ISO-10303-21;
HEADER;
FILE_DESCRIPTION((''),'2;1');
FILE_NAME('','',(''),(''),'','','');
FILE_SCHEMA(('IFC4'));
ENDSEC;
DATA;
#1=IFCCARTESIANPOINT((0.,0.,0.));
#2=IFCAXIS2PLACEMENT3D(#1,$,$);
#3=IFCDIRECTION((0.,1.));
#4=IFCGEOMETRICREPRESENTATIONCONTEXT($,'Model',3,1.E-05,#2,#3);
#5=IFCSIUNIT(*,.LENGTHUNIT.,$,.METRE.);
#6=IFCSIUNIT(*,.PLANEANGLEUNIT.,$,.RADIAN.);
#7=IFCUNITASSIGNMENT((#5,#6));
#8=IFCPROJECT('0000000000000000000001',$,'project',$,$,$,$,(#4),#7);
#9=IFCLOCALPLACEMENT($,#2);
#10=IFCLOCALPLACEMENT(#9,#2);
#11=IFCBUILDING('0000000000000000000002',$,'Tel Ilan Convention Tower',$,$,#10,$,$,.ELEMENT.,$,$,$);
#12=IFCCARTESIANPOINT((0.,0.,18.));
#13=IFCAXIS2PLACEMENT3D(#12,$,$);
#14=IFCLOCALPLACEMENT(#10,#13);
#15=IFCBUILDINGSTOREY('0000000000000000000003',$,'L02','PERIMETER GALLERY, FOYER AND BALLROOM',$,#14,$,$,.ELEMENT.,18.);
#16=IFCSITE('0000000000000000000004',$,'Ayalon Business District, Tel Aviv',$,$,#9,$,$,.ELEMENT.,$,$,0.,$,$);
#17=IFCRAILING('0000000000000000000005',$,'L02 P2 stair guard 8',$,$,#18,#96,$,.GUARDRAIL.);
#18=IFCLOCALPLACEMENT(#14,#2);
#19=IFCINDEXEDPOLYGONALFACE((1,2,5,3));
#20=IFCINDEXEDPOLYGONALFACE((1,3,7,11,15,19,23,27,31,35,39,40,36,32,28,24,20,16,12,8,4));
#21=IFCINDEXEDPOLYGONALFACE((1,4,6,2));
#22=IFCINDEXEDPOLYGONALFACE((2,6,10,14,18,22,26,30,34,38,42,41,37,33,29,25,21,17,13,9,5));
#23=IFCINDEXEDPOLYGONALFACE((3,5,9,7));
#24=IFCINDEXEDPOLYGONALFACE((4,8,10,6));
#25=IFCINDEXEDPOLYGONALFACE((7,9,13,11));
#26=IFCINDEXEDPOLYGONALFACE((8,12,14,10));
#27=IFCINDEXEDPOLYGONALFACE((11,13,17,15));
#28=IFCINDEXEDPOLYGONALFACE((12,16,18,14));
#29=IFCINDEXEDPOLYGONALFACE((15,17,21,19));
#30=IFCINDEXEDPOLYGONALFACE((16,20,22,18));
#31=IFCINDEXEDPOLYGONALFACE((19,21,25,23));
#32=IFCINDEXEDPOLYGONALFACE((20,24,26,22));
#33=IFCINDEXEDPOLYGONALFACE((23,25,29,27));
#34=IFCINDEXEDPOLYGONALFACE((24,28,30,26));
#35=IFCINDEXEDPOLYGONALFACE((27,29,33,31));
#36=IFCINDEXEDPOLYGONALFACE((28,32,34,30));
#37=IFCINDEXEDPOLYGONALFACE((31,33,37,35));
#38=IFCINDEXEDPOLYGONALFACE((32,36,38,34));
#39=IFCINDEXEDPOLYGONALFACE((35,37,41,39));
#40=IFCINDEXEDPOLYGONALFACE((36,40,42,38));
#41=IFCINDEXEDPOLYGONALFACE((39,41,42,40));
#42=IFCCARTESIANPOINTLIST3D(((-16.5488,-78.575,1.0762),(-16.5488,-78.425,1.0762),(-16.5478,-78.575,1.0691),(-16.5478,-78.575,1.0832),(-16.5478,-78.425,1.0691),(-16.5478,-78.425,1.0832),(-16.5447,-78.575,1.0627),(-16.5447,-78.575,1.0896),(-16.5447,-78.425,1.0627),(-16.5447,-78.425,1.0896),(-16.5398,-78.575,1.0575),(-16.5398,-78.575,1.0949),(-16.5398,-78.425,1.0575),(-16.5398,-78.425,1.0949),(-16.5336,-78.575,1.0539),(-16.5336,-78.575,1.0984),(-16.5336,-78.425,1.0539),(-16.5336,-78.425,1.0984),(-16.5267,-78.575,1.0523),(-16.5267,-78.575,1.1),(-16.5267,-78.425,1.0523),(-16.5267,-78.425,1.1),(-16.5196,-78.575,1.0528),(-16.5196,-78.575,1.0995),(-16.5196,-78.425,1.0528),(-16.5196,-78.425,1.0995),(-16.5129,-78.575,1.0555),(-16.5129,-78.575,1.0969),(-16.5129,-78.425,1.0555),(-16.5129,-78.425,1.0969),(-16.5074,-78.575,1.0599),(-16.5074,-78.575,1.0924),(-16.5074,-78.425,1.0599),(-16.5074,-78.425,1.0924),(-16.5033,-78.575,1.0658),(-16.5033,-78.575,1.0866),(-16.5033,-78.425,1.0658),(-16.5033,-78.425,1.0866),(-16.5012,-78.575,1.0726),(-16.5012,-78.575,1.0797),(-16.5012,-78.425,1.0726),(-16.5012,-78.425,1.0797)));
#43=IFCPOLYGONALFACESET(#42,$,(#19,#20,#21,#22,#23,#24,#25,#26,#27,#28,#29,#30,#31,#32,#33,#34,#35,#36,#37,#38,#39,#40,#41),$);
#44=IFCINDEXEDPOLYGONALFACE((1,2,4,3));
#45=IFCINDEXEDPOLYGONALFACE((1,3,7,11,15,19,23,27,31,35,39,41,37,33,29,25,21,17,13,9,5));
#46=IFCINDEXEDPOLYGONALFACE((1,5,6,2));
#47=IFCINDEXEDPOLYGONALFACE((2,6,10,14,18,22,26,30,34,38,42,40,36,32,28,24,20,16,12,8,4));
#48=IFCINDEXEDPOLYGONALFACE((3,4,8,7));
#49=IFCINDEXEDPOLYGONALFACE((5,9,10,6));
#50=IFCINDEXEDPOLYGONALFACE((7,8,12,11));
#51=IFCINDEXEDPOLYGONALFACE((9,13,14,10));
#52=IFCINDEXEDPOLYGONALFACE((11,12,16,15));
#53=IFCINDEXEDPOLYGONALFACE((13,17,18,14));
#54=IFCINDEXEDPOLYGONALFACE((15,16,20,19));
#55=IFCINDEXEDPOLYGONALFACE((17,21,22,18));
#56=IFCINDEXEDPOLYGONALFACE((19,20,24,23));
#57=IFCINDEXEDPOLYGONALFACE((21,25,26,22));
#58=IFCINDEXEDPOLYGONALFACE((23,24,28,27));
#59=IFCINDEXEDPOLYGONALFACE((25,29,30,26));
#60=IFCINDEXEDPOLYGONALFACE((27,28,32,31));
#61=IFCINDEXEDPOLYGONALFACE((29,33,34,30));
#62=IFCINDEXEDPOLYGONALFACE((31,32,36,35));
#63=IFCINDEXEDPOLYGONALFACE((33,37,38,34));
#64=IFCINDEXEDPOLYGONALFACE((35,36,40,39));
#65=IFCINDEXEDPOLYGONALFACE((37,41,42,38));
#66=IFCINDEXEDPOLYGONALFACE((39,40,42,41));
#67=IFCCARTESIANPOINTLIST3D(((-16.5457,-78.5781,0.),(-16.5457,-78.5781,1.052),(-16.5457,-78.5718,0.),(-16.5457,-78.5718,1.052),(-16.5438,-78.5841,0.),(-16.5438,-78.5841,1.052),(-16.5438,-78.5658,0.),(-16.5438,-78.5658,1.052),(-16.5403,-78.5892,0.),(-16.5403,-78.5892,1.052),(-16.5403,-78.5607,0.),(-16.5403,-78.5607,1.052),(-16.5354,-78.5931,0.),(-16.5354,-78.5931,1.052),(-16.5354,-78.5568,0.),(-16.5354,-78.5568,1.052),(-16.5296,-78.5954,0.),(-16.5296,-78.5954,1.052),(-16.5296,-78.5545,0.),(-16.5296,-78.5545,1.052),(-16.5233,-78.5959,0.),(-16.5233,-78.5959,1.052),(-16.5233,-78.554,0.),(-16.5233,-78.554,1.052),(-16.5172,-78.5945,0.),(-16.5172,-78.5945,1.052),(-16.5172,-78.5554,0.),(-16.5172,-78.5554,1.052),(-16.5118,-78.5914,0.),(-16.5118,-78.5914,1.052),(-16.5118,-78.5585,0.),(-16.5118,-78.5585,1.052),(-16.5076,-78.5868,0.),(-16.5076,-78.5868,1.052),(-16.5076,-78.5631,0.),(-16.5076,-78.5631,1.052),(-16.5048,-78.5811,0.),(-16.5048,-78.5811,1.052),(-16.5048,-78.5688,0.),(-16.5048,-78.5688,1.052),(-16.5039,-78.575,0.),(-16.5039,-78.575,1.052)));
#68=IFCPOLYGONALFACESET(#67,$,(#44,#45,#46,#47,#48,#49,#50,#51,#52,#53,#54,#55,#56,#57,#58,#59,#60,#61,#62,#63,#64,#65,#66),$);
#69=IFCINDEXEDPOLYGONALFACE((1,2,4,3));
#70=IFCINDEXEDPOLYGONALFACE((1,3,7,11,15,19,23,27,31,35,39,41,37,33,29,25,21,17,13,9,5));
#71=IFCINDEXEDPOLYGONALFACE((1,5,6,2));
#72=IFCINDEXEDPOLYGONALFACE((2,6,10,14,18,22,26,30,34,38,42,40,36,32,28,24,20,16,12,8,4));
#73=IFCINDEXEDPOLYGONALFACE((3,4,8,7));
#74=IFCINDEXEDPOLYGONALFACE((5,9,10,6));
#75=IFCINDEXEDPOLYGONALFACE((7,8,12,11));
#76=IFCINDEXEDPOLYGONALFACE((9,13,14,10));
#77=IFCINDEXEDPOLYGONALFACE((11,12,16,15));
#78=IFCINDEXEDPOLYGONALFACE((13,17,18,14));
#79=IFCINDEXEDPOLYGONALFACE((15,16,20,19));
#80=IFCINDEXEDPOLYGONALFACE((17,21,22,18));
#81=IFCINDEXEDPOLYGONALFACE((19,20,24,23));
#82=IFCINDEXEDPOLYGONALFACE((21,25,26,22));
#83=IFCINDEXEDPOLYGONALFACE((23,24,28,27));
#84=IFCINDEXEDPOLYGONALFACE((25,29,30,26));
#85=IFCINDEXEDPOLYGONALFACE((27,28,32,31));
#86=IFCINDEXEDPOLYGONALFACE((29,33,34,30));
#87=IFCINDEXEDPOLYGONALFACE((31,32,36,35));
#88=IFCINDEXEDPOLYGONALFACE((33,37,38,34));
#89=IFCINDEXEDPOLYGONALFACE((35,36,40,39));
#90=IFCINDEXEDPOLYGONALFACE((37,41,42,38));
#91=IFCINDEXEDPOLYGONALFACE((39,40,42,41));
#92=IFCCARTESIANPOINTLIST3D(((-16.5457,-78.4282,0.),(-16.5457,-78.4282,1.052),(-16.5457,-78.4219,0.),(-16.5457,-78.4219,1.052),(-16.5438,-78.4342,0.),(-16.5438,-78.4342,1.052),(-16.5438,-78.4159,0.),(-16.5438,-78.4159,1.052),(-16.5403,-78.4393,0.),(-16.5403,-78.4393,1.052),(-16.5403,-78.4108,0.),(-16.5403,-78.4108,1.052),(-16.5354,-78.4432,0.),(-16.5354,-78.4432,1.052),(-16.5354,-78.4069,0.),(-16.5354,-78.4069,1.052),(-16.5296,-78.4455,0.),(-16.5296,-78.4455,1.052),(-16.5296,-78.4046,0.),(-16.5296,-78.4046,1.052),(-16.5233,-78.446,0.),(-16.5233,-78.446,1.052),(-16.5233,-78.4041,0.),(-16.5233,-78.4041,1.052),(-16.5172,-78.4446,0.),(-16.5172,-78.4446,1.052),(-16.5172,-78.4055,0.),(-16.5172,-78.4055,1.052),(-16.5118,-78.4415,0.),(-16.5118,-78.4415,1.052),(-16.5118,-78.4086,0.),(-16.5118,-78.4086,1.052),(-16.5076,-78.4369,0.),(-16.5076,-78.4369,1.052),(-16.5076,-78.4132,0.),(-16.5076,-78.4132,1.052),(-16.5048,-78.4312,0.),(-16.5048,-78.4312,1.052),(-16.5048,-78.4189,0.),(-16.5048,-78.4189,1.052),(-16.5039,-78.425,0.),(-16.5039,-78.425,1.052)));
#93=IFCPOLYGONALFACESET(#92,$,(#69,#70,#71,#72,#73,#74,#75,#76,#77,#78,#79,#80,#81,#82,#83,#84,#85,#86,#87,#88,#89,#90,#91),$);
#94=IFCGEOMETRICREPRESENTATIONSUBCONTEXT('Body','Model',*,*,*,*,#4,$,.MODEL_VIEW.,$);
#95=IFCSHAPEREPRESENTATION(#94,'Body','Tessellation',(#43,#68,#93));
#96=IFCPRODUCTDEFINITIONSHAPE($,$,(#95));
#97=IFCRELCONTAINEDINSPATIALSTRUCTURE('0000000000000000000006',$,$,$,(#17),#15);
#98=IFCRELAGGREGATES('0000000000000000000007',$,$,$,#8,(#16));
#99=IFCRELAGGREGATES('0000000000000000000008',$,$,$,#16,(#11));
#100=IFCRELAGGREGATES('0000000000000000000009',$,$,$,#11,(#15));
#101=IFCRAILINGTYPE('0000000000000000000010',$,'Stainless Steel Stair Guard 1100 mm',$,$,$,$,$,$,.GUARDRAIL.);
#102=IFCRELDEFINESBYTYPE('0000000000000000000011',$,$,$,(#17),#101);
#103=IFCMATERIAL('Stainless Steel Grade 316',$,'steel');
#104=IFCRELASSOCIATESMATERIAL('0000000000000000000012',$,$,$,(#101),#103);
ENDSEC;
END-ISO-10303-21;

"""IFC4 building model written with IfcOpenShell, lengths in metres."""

from ifc_helpers import new_model, si_unit, direction, frame, origin, origin_2d, place, context, subcontext, project, spatial, circle, extrude, material, type_object, element, save


model = new_model("IFC4")

# Units and contexts
model_context = context("Model", 3, precision=1e-05, world=origin(), true_north=direction((0.0, 1.0)))
body_context = subcontext(model_context, "Body", "Model", "MODEL_VIEW")
ifc_project = project(units=[si_unit("LENGTHUNIT", "METRE"), si_unit("PLANEANGLEUNIT", "RADIAN")], contexts=[model_context])

# Site, building, storey
site_placement = place(None, origin())
site = spatial("IfcSite", under=ifc_project, at=site_placement, Name="Ayalon Business District, Tel Aviv", CompositionType="ELEMENT", RefElevation=0.0)
building_placement = place(site_placement, origin())
building = spatial("IfcBuilding", under=site, at=building_placement, Name="Tel Ilan Convention Tower", CompositionType="ELEMENT")
storey_placement = place(building_placement, frame((0.0, 0.0, 18.0)))
storey = spatial("IfcBuildingStorey", under=building, at=storey_placement, Name="L02", Description="PERIMETER GALLERY, FOYER AND BALLROOM", CompositionType="ELEMENT", Elevation=18.0)

# Railing
ifc_material_1 = material(Name="Stainless Steel Grade 316", Category="steel")
railing_type_1 = type_object("IfcRailingType", Name="Stainless Steel Stair Guard 1100 mm", PredefinedType="GUARDRAIL", material=ifc_material_1)
railing_1_placement = place(storey_placement, frame((-16.5249, -78.575, 0.0)))
element("IfcRailing", 1, at=railing_1_placement, inside=storey, type_object=railing_type_1, Name="L02 P2 stair guard 8", PredefinedType="GUARDRAIL", context=body_context, shape_type="SweptSolid", body=[
    extrude(circle(Radius=0.0239, at=origin_2d()), frame((0.0, 0.0, 1.0762), z_axis=(0.0, 1.0, 0.0), x_axis=(-1.0, 0.0, 0.0)), (0.0, 0.0, 1.0), 0.1499),
    extrude(circle(Radius=0.021, at=origin_2d()), origin(), (0.0, 0.0, 1.0), 1.052),
    extrude(circle(Radius=0.021, at=origin_2d()), frame((0.0, 0.1499, 0.0)), (0.0, 0.0, 1.0), 1.052),
])

save(model, "model.ifc")
